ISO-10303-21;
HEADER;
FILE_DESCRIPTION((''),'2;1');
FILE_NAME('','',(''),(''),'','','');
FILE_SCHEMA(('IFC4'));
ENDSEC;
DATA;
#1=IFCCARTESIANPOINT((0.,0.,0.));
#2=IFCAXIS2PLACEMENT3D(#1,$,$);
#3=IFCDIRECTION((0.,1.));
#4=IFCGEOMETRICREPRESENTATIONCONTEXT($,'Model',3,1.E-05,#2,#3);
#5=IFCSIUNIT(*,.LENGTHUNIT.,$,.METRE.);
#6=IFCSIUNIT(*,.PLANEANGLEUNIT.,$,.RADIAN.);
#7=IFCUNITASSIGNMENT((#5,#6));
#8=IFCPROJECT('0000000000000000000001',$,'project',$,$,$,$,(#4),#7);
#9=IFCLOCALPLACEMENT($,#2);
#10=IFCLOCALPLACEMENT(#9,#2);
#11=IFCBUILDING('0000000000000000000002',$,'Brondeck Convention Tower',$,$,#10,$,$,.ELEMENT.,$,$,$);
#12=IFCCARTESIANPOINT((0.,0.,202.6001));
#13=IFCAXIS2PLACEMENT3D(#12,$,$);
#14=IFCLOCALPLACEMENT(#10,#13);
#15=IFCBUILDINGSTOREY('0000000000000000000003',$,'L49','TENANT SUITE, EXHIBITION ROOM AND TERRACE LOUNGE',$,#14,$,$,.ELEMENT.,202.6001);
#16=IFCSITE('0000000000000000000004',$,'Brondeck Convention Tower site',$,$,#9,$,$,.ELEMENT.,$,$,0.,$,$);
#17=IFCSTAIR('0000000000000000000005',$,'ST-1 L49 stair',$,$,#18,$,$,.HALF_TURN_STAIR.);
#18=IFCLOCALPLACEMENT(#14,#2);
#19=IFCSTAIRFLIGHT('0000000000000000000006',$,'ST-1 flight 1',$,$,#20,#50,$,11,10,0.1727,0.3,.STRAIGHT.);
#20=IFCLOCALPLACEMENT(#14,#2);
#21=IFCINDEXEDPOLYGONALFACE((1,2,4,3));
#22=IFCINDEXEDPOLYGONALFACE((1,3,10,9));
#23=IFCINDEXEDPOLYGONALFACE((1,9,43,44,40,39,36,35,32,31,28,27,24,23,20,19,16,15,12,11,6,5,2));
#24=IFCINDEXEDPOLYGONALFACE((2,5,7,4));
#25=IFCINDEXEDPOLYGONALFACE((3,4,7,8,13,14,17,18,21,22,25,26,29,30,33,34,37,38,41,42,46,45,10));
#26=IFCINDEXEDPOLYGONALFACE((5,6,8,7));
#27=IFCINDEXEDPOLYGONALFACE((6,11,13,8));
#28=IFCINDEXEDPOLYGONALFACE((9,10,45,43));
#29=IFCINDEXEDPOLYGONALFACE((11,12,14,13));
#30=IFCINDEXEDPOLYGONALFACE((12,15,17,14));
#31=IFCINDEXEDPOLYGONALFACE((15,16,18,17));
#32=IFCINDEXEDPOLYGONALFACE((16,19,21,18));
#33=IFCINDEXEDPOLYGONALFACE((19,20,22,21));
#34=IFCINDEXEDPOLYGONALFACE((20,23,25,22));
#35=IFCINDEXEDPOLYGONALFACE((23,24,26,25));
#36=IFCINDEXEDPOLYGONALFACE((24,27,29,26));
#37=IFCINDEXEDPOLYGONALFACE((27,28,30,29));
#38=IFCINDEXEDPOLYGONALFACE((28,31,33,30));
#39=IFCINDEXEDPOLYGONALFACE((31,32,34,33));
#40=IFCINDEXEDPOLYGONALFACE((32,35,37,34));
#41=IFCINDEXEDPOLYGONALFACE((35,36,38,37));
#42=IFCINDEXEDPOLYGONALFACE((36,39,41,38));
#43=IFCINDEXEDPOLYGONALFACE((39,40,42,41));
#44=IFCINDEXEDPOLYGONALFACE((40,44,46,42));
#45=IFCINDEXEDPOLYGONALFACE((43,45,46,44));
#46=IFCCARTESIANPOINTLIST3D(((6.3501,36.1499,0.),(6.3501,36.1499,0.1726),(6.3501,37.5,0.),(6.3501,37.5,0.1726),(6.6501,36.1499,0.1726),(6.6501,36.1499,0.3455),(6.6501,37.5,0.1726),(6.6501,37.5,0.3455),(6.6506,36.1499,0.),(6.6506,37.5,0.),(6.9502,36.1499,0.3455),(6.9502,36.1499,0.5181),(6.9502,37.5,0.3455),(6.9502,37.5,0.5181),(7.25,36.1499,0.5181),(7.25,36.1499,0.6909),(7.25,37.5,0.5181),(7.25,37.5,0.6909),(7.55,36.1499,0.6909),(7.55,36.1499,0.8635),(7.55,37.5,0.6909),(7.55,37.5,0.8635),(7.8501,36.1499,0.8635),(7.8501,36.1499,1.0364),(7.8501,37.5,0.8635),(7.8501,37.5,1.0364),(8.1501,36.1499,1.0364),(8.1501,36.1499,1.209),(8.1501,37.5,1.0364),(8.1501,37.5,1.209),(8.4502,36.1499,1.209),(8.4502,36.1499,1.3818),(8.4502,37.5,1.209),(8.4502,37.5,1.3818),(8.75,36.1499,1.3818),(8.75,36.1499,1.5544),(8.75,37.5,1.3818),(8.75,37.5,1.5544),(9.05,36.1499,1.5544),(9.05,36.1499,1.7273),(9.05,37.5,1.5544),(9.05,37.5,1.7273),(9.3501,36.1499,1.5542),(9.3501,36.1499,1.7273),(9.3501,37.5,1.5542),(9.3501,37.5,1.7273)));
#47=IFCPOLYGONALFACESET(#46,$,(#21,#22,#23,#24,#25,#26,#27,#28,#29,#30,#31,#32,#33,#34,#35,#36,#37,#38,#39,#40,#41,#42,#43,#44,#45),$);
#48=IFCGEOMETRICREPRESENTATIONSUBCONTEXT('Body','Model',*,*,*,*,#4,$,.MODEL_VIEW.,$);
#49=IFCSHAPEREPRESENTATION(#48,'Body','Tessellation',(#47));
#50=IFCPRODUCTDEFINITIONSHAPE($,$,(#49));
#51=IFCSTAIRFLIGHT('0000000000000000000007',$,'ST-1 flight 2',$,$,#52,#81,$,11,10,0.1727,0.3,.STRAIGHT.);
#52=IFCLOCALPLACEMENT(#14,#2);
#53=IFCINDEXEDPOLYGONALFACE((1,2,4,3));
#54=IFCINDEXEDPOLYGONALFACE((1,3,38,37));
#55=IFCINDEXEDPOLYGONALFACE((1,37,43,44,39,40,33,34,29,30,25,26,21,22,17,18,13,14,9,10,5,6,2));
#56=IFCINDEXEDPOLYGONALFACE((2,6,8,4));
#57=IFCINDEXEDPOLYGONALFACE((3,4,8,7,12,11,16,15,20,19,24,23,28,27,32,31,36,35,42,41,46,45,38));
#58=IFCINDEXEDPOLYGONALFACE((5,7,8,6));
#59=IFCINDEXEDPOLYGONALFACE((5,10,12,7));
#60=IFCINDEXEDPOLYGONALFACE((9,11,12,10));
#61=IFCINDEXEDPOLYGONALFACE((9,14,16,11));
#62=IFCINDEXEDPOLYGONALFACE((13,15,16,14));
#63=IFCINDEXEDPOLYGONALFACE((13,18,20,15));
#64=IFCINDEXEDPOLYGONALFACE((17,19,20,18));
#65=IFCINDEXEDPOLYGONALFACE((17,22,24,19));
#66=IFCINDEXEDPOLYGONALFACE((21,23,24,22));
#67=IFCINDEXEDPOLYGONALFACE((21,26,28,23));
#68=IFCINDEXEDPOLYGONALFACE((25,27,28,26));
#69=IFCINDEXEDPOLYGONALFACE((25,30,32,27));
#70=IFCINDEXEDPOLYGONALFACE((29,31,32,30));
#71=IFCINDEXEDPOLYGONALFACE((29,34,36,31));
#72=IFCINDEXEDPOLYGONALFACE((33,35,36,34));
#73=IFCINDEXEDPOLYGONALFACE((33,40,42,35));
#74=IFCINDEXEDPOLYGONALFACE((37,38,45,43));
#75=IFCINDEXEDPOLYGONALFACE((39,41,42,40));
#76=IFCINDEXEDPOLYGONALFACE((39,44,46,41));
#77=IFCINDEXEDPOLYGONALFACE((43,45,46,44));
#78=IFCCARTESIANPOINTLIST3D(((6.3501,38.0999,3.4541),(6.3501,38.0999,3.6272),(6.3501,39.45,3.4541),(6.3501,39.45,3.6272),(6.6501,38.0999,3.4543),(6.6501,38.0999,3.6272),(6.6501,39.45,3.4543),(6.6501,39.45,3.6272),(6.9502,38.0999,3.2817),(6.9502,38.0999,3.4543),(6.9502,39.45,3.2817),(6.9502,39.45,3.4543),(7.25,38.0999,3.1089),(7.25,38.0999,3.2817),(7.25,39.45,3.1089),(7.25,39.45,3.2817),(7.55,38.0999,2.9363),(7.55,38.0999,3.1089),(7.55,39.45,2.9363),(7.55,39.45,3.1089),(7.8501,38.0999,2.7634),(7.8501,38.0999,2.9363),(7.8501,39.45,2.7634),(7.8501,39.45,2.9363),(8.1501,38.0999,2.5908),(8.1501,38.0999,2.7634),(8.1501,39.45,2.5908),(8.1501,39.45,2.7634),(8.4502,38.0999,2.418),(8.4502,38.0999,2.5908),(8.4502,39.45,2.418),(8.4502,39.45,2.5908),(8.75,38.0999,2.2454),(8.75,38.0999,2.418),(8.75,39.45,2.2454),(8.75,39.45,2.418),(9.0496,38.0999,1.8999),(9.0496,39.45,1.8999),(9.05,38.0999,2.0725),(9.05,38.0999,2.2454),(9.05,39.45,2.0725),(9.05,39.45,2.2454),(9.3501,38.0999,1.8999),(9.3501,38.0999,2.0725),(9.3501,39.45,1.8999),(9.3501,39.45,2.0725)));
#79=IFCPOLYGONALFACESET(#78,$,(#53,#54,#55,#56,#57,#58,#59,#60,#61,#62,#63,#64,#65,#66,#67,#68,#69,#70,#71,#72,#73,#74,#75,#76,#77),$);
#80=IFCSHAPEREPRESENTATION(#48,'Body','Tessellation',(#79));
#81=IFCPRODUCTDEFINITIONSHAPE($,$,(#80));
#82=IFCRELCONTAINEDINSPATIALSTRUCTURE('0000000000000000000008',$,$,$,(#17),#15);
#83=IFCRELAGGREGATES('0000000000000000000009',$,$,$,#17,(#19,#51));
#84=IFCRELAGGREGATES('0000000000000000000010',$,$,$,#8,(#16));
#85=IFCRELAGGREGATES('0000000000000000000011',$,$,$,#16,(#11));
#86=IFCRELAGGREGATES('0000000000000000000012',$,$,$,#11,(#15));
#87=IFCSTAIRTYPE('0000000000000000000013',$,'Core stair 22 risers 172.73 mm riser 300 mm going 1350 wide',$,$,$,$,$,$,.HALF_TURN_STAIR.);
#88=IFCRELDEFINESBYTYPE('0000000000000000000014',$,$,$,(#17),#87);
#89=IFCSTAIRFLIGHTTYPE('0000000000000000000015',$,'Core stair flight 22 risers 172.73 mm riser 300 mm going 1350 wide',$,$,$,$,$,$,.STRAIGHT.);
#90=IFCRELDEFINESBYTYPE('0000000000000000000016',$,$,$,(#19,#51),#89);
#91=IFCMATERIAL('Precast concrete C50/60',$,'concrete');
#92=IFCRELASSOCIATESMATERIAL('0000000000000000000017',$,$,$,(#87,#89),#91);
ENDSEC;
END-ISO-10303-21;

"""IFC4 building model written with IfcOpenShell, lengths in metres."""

from ifc_helpers import new_model, si_unit, direction, frame, origin, place, context, subcontext, project, spatial, polyline, outline, extrude, material, type_object, element, aggregate, save


model = new_model("IFC4")

# Units and contexts
model_context = context("Model", 3, precision=1e-05, world=origin(), true_north=direction((0.0, 1.0)))
body_context = subcontext(model_context, "Body", "Model", "MODEL_VIEW")
ifc_project = project(units=[si_unit("LENGTHUNIT", "METRE"), si_unit("PLANEANGLEUNIT", "RADIAN")], contexts=[model_context])

# Site, building, storey
site_placement = place(None, origin())
site = spatial("IfcSite", under=ifc_project, at=site_placement, Name="Brondeck Convention Tower site", CompositionType="ELEMENT", RefElevation=0.0)
building_placement = place(site_placement, origin())
building = spatial("IfcBuilding", under=site, at=building_placement, Name="Brondeck Convention Tower", CompositionType="ELEMENT")
storey_placement = place(building_placement, frame((0.0, 0.0, 202.6001)))
storey = spatial("IfcBuildingStorey", under=building, at=storey_placement, Name="L49", Description="TENANT SUITE, EXHIBITION ROOM AND TERRACE LOUNGE", CompositionType="ELEMENT", Elevation=202.6001)

# Stair, stair flights
ifc_material_1 = material(Name="Precast concrete C50/60", Category="concrete")
stair_type = type_object("IfcStairType", Name="Core stair 22 risers 172.73 mm riser 300 mm going 1350 wide", PredefinedType="HALF_TURN_STAIR", material=ifc_material_1)
stair_placement = place(storey_placement, origin())
stair = element("IfcStair", 1, at=stair_placement, inside=storey, type_object=stair_type, Name="ST-1 L49 stair", PredefinedType="HALF_TURN_STAIR")
stair_flight_type = type_object("IfcStairFlightType", Name="Core stair flight 22 risers 172.73 mm riser 300 mm going 1350 wide", PredefinedType="STRAIGHT", material=ifc_material_1)
stair_flight_1_placement = place(storey_placement, frame((6.3501, 36.825, 0.0), z_axis=(0.0, 0.0, 1.0), x_axis=(1.0, 0.0, 0.0)))
stair_flight_1 = element("IfcStairFlight", 2, at=stair_flight_1_placement, type_object=stair_flight_type, Name="ST-1 flight 1", NumberOfRisers=11, NumberOfTreads=10, PredefinedType="STRAIGHT", RiserHeight=0.1727, TreadLength=0.3, context=body_context, shape_type="SweptSolid", body=[
    extrude(outline(polyline([(0.0, 0.0), (0.0, 0.1726), (0.3, 0.1726), (0.3, 0.3455), (0.6001, 0.3455), (0.6001, 0.5181), (0.8999, 0.5181), (0.8999, 0.6909), (1.2, 0.6909), (1.2, 0.8635), (1.5, 0.8635), (1.5, 1.0364), (1.8, 1.0364), (1.8, 1.209), (2.1001, 1.209), (2.1001, 1.3818), (2.3999, 1.3818), (2.3999, 1.5544), (2.7, 1.5544), (2.7, 1.7273), (3.0, 1.7273), (3.0, 1.8999), (3.0, 1.5542), (0.3005, 0.0), (0.0, 0.0)])), frame((0.0, 0.675, 0.0), z_axis=(0.0, -1.0, 0.0), x_axis=(1.0, 0.0, 0.0)), (0.0, 0.0, 1.0), 1.3501),
])
stair_flight_2_placement = place(storey_placement, frame((9.3501, 38.7749, 1.8999), z_axis=(0.0, 0.0, 1.0), x_axis=(-1.0, 0.0, 0.0)))
stair_flight_2 = element("IfcStairFlight", 3, at=stair_flight_2_placement, type_object=stair_flight_type, Name="ST-1 flight 2", NumberOfRisers=11, NumberOfTreads=10, PredefinedType="STRAIGHT", RiserHeight=0.1727, TreadLength=0.3, context=body_context, shape_type="SweptSolid", body=[
    extrude(outline(polyline([(0.0, 0.0), (0.0, 0.1726), (0.3, 0.1726), (0.3, 0.3455), (0.6001, 0.3455), (0.6001, 0.5181), (0.8999, 0.5181), (0.8999, 0.6909), (1.2, 0.6909), (1.2, 0.8635), (1.5, 0.8635), (1.5, 1.0364), (1.8, 1.0364), (1.8, 1.209), (2.1001, 1.209), (2.1001, 1.3818), (2.3999, 1.3818), (2.3999, 1.5544), (2.7, 1.5544), (2.7, 1.7273), (3.0, 1.7273), (3.0, 1.8999), (3.0, 1.5542), (0.3005, 0.0), (0.0, 0.0)])), frame((0.0, 0.675, 0.0), z_axis=(0.0, -1.0, 0.0), x_axis=(1.0, 0.0, 0.0)), (0.0, 0.0, 1.0), 1.3501),
])
aggregate(stair, [stair_flight_1, stair_flight_2])

save(model, "model.ifc")
